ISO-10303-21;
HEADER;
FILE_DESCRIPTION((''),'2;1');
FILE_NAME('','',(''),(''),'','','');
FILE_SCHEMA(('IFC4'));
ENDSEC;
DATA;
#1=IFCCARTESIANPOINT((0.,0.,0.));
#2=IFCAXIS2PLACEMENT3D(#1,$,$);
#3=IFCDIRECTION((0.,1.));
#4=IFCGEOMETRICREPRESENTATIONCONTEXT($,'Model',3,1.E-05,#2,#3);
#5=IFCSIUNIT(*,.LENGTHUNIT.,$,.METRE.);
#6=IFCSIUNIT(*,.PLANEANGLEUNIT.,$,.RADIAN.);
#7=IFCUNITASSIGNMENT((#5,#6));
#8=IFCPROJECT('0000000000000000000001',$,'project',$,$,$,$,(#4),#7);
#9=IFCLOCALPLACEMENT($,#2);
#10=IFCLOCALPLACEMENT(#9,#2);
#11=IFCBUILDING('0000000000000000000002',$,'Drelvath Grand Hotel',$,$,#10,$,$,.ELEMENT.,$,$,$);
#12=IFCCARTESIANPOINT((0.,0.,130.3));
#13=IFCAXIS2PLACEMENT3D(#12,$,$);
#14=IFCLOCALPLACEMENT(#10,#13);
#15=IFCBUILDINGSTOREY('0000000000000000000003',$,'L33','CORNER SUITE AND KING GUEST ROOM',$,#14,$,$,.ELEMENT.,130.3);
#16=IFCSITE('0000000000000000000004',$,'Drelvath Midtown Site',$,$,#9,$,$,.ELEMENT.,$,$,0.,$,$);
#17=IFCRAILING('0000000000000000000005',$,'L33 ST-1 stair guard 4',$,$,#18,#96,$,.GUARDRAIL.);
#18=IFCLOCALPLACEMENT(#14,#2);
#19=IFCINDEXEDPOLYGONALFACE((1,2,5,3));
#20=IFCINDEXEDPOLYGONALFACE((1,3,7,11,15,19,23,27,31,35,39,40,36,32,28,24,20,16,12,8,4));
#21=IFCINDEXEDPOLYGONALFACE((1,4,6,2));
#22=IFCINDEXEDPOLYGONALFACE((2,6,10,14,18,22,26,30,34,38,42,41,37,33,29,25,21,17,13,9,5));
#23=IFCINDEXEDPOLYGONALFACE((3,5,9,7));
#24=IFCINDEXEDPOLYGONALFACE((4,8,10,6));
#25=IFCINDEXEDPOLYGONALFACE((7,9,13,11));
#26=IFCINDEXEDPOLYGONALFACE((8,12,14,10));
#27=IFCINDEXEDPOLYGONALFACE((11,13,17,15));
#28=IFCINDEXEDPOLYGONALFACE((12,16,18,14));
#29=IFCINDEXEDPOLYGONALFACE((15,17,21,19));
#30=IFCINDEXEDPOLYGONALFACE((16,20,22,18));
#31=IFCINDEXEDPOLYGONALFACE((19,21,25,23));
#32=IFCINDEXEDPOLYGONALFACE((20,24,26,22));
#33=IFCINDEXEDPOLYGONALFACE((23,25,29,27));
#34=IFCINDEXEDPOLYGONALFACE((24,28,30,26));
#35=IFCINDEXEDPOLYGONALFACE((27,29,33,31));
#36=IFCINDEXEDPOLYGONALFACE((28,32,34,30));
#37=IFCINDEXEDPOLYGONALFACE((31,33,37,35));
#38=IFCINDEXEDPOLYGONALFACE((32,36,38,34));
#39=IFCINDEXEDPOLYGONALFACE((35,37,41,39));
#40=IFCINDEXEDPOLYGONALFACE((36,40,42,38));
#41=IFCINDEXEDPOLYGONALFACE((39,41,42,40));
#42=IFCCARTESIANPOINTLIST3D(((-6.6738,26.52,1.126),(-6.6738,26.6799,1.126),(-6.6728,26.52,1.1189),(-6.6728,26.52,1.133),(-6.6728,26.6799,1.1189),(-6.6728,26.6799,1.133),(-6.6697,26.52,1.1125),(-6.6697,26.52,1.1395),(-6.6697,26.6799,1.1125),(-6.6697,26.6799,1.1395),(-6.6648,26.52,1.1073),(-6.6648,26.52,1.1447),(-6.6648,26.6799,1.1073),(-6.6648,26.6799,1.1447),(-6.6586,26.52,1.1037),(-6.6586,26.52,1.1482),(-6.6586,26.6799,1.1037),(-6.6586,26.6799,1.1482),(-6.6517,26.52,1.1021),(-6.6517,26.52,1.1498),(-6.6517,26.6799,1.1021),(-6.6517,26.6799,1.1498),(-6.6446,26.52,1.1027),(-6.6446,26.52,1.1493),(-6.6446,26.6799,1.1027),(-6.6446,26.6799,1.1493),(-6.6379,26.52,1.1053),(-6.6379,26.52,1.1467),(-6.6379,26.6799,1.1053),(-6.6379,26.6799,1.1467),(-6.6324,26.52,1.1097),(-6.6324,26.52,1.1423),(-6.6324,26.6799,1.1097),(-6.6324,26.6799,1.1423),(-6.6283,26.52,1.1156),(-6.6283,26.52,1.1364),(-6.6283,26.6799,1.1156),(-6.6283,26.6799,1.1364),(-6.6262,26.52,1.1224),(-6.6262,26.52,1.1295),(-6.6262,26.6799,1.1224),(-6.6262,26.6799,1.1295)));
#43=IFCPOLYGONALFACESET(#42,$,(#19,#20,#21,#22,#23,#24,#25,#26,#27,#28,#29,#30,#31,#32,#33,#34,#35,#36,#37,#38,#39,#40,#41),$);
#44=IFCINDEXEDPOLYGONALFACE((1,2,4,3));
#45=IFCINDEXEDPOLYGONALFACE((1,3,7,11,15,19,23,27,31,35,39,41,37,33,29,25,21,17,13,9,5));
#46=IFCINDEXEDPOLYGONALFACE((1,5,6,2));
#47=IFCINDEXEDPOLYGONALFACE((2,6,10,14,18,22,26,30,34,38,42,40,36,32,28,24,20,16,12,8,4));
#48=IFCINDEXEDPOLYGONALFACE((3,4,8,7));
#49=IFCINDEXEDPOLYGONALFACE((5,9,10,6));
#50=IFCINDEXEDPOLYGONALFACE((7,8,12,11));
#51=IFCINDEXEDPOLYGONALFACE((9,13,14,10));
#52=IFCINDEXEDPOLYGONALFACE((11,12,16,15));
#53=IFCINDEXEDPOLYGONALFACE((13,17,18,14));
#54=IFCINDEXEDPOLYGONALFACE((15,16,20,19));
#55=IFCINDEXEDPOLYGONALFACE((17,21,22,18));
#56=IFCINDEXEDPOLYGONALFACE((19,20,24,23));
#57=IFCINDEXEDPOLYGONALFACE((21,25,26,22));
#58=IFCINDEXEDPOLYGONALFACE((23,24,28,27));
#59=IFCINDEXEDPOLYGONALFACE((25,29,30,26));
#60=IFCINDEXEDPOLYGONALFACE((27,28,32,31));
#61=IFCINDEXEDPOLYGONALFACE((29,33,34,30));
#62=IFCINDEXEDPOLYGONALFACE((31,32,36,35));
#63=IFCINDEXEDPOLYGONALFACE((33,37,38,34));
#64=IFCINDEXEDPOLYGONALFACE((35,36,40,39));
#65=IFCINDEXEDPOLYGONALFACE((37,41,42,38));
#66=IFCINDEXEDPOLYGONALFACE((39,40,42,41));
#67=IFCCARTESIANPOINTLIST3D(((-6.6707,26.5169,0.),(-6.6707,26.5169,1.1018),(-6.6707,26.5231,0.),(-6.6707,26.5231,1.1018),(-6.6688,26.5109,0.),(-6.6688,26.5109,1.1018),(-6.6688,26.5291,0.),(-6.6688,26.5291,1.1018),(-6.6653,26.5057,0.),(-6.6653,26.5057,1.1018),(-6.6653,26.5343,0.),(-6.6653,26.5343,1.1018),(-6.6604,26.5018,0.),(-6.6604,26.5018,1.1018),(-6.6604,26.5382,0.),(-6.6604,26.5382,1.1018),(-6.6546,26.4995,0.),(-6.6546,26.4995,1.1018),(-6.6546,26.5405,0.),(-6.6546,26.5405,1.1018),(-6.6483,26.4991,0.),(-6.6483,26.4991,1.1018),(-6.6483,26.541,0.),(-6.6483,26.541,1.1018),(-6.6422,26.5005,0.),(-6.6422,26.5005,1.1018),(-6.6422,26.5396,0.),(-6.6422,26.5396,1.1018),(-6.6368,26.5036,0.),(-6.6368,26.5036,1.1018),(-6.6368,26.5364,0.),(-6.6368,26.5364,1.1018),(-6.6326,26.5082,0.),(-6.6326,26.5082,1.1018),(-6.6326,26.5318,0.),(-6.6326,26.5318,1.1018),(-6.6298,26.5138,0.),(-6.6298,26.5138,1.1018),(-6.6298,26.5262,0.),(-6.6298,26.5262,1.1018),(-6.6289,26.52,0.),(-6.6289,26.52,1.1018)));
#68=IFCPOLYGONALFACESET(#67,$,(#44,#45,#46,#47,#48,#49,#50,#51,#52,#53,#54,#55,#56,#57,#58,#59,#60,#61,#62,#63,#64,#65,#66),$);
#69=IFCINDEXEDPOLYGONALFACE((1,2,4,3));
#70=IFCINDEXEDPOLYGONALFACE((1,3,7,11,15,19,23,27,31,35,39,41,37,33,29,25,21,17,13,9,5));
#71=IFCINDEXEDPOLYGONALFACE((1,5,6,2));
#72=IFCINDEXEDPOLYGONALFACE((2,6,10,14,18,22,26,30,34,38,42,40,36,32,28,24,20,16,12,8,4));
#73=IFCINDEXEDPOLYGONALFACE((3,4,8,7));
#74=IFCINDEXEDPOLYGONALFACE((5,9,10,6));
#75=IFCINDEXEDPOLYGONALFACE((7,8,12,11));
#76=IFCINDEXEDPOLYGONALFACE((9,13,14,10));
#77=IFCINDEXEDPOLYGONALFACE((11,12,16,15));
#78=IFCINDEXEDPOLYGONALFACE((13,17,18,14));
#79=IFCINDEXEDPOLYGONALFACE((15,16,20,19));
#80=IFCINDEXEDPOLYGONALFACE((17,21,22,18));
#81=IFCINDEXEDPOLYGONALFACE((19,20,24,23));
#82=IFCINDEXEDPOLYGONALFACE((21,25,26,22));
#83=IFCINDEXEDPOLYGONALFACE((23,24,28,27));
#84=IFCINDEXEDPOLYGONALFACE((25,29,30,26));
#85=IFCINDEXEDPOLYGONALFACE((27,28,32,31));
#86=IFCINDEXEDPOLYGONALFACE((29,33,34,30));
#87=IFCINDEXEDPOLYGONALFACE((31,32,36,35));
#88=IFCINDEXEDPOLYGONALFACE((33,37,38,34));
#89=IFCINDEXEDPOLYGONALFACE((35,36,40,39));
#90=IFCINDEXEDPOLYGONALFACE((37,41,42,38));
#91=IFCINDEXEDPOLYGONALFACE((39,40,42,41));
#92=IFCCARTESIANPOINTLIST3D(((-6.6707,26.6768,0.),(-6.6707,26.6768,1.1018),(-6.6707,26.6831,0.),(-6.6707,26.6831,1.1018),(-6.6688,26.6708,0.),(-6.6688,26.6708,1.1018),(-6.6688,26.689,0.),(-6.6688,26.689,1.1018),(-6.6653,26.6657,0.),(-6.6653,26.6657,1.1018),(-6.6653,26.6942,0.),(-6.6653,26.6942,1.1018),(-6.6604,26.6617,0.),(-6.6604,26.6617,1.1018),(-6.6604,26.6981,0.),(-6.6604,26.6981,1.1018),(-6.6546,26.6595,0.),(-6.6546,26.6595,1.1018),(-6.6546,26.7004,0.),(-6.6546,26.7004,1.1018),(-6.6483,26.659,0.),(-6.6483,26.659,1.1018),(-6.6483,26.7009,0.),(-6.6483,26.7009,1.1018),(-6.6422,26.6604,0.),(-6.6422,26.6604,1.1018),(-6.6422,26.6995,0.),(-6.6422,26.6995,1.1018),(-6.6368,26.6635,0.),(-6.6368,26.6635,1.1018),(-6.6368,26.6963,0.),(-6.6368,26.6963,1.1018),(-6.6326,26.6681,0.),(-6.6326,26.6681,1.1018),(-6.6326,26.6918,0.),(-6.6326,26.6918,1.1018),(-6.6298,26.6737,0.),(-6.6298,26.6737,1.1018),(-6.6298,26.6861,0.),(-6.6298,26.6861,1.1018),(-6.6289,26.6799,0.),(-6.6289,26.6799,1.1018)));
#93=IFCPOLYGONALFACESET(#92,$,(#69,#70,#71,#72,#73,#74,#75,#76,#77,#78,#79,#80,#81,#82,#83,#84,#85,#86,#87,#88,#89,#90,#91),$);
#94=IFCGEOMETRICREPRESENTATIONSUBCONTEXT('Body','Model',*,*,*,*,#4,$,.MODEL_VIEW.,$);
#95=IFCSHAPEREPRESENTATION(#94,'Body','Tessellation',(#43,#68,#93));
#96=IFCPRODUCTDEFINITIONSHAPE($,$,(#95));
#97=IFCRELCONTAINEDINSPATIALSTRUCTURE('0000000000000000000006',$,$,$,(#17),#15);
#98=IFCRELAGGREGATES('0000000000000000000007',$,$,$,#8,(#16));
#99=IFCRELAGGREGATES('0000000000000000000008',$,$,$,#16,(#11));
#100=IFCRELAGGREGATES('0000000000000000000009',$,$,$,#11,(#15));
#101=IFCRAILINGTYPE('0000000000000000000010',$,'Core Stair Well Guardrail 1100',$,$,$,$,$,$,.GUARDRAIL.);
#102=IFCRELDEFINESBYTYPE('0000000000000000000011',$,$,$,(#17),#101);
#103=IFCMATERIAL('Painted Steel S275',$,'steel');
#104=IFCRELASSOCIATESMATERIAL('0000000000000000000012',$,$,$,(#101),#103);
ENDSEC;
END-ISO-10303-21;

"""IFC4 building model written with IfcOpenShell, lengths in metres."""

from ifc_helpers import new_model, si_unit, direction, frame, origin, origin_2d, place, context, subcontext, project, spatial, circle, extrude, material, type_object, element, save


model = new_model("IFC4")

# Units and contexts
model_context = context("Model", 3, precision=1e-05, world=origin(), true_north=direction((0.0, 1.0)))
body_context = subcontext(model_context, "Body", "Model", "MODEL_VIEW")
ifc_project = project(units=[si_unit("LENGTHUNIT", "METRE"), si_unit("PLANEANGLEUNIT", "RADIAN")], contexts=[model_context])

# Site, building, storey
site_placement = place(None, origin())
site = spatial("IfcSite", under=ifc_project, at=site_placement, Name="Drelvath Midtown Site", CompositionType="ELEMENT", RefElevation=0.0)
building_placement = place(site_placement, origin())
building = spatial("IfcBuilding", under=site, at=building_placement, Name="Drelvath Grand Hotel", CompositionType="ELEMENT")
storey_placement = place(building_placement, frame((0.0, 0.0, 130.3)))
storey = spatial("IfcBuildingStorey", under=building, at=storey_placement, Name="L33", Description="CORNER SUITE AND KING GUEST ROOM", CompositionType="ELEMENT", Elevation=130.3)

# Shared definitions
ifc_material_1 = material(Name="Painted Steel S275", Category="steel")

# Railing
railing_type_1 = type_object("IfcRailingType", Name="Core Stair Well Guardrail 1100", PredefinedType="GUARDRAIL", material=ifc_material_1)
railing_1_placement = place(storey_placement, frame((-6.6499, 26.52, 0.0)))
element("IfcRailing", 1, at=railing_1_placement, inside=storey, type_object=railing_type_1, Name="L33 ST-1 stair guard 4", PredefinedType="GUARDRAIL", context=body_context, shape_type="SweptSolid", body=[
    extrude(circle(Radius=0.0239, at=origin_2d()), frame((0.0, 0.0, 1.126), z_axis=(0.0, 1.0, 0.0), x_axis=(-1.0, 0.0, 0.0)), (0.0, 0.0, 1.0), 0.1599),
    extrude(circle(Radius=0.021, at=origin_2d()), origin(), (0.0, 0.0, 1.0), 1.1018),
    extrude(circle(Radius=0.021, at=origin_2d()), frame((0.0, 0.1599, 0.0)), (0.0, 0.0, 1.0), 1.1018),
])

save(model, "model.ifc")
